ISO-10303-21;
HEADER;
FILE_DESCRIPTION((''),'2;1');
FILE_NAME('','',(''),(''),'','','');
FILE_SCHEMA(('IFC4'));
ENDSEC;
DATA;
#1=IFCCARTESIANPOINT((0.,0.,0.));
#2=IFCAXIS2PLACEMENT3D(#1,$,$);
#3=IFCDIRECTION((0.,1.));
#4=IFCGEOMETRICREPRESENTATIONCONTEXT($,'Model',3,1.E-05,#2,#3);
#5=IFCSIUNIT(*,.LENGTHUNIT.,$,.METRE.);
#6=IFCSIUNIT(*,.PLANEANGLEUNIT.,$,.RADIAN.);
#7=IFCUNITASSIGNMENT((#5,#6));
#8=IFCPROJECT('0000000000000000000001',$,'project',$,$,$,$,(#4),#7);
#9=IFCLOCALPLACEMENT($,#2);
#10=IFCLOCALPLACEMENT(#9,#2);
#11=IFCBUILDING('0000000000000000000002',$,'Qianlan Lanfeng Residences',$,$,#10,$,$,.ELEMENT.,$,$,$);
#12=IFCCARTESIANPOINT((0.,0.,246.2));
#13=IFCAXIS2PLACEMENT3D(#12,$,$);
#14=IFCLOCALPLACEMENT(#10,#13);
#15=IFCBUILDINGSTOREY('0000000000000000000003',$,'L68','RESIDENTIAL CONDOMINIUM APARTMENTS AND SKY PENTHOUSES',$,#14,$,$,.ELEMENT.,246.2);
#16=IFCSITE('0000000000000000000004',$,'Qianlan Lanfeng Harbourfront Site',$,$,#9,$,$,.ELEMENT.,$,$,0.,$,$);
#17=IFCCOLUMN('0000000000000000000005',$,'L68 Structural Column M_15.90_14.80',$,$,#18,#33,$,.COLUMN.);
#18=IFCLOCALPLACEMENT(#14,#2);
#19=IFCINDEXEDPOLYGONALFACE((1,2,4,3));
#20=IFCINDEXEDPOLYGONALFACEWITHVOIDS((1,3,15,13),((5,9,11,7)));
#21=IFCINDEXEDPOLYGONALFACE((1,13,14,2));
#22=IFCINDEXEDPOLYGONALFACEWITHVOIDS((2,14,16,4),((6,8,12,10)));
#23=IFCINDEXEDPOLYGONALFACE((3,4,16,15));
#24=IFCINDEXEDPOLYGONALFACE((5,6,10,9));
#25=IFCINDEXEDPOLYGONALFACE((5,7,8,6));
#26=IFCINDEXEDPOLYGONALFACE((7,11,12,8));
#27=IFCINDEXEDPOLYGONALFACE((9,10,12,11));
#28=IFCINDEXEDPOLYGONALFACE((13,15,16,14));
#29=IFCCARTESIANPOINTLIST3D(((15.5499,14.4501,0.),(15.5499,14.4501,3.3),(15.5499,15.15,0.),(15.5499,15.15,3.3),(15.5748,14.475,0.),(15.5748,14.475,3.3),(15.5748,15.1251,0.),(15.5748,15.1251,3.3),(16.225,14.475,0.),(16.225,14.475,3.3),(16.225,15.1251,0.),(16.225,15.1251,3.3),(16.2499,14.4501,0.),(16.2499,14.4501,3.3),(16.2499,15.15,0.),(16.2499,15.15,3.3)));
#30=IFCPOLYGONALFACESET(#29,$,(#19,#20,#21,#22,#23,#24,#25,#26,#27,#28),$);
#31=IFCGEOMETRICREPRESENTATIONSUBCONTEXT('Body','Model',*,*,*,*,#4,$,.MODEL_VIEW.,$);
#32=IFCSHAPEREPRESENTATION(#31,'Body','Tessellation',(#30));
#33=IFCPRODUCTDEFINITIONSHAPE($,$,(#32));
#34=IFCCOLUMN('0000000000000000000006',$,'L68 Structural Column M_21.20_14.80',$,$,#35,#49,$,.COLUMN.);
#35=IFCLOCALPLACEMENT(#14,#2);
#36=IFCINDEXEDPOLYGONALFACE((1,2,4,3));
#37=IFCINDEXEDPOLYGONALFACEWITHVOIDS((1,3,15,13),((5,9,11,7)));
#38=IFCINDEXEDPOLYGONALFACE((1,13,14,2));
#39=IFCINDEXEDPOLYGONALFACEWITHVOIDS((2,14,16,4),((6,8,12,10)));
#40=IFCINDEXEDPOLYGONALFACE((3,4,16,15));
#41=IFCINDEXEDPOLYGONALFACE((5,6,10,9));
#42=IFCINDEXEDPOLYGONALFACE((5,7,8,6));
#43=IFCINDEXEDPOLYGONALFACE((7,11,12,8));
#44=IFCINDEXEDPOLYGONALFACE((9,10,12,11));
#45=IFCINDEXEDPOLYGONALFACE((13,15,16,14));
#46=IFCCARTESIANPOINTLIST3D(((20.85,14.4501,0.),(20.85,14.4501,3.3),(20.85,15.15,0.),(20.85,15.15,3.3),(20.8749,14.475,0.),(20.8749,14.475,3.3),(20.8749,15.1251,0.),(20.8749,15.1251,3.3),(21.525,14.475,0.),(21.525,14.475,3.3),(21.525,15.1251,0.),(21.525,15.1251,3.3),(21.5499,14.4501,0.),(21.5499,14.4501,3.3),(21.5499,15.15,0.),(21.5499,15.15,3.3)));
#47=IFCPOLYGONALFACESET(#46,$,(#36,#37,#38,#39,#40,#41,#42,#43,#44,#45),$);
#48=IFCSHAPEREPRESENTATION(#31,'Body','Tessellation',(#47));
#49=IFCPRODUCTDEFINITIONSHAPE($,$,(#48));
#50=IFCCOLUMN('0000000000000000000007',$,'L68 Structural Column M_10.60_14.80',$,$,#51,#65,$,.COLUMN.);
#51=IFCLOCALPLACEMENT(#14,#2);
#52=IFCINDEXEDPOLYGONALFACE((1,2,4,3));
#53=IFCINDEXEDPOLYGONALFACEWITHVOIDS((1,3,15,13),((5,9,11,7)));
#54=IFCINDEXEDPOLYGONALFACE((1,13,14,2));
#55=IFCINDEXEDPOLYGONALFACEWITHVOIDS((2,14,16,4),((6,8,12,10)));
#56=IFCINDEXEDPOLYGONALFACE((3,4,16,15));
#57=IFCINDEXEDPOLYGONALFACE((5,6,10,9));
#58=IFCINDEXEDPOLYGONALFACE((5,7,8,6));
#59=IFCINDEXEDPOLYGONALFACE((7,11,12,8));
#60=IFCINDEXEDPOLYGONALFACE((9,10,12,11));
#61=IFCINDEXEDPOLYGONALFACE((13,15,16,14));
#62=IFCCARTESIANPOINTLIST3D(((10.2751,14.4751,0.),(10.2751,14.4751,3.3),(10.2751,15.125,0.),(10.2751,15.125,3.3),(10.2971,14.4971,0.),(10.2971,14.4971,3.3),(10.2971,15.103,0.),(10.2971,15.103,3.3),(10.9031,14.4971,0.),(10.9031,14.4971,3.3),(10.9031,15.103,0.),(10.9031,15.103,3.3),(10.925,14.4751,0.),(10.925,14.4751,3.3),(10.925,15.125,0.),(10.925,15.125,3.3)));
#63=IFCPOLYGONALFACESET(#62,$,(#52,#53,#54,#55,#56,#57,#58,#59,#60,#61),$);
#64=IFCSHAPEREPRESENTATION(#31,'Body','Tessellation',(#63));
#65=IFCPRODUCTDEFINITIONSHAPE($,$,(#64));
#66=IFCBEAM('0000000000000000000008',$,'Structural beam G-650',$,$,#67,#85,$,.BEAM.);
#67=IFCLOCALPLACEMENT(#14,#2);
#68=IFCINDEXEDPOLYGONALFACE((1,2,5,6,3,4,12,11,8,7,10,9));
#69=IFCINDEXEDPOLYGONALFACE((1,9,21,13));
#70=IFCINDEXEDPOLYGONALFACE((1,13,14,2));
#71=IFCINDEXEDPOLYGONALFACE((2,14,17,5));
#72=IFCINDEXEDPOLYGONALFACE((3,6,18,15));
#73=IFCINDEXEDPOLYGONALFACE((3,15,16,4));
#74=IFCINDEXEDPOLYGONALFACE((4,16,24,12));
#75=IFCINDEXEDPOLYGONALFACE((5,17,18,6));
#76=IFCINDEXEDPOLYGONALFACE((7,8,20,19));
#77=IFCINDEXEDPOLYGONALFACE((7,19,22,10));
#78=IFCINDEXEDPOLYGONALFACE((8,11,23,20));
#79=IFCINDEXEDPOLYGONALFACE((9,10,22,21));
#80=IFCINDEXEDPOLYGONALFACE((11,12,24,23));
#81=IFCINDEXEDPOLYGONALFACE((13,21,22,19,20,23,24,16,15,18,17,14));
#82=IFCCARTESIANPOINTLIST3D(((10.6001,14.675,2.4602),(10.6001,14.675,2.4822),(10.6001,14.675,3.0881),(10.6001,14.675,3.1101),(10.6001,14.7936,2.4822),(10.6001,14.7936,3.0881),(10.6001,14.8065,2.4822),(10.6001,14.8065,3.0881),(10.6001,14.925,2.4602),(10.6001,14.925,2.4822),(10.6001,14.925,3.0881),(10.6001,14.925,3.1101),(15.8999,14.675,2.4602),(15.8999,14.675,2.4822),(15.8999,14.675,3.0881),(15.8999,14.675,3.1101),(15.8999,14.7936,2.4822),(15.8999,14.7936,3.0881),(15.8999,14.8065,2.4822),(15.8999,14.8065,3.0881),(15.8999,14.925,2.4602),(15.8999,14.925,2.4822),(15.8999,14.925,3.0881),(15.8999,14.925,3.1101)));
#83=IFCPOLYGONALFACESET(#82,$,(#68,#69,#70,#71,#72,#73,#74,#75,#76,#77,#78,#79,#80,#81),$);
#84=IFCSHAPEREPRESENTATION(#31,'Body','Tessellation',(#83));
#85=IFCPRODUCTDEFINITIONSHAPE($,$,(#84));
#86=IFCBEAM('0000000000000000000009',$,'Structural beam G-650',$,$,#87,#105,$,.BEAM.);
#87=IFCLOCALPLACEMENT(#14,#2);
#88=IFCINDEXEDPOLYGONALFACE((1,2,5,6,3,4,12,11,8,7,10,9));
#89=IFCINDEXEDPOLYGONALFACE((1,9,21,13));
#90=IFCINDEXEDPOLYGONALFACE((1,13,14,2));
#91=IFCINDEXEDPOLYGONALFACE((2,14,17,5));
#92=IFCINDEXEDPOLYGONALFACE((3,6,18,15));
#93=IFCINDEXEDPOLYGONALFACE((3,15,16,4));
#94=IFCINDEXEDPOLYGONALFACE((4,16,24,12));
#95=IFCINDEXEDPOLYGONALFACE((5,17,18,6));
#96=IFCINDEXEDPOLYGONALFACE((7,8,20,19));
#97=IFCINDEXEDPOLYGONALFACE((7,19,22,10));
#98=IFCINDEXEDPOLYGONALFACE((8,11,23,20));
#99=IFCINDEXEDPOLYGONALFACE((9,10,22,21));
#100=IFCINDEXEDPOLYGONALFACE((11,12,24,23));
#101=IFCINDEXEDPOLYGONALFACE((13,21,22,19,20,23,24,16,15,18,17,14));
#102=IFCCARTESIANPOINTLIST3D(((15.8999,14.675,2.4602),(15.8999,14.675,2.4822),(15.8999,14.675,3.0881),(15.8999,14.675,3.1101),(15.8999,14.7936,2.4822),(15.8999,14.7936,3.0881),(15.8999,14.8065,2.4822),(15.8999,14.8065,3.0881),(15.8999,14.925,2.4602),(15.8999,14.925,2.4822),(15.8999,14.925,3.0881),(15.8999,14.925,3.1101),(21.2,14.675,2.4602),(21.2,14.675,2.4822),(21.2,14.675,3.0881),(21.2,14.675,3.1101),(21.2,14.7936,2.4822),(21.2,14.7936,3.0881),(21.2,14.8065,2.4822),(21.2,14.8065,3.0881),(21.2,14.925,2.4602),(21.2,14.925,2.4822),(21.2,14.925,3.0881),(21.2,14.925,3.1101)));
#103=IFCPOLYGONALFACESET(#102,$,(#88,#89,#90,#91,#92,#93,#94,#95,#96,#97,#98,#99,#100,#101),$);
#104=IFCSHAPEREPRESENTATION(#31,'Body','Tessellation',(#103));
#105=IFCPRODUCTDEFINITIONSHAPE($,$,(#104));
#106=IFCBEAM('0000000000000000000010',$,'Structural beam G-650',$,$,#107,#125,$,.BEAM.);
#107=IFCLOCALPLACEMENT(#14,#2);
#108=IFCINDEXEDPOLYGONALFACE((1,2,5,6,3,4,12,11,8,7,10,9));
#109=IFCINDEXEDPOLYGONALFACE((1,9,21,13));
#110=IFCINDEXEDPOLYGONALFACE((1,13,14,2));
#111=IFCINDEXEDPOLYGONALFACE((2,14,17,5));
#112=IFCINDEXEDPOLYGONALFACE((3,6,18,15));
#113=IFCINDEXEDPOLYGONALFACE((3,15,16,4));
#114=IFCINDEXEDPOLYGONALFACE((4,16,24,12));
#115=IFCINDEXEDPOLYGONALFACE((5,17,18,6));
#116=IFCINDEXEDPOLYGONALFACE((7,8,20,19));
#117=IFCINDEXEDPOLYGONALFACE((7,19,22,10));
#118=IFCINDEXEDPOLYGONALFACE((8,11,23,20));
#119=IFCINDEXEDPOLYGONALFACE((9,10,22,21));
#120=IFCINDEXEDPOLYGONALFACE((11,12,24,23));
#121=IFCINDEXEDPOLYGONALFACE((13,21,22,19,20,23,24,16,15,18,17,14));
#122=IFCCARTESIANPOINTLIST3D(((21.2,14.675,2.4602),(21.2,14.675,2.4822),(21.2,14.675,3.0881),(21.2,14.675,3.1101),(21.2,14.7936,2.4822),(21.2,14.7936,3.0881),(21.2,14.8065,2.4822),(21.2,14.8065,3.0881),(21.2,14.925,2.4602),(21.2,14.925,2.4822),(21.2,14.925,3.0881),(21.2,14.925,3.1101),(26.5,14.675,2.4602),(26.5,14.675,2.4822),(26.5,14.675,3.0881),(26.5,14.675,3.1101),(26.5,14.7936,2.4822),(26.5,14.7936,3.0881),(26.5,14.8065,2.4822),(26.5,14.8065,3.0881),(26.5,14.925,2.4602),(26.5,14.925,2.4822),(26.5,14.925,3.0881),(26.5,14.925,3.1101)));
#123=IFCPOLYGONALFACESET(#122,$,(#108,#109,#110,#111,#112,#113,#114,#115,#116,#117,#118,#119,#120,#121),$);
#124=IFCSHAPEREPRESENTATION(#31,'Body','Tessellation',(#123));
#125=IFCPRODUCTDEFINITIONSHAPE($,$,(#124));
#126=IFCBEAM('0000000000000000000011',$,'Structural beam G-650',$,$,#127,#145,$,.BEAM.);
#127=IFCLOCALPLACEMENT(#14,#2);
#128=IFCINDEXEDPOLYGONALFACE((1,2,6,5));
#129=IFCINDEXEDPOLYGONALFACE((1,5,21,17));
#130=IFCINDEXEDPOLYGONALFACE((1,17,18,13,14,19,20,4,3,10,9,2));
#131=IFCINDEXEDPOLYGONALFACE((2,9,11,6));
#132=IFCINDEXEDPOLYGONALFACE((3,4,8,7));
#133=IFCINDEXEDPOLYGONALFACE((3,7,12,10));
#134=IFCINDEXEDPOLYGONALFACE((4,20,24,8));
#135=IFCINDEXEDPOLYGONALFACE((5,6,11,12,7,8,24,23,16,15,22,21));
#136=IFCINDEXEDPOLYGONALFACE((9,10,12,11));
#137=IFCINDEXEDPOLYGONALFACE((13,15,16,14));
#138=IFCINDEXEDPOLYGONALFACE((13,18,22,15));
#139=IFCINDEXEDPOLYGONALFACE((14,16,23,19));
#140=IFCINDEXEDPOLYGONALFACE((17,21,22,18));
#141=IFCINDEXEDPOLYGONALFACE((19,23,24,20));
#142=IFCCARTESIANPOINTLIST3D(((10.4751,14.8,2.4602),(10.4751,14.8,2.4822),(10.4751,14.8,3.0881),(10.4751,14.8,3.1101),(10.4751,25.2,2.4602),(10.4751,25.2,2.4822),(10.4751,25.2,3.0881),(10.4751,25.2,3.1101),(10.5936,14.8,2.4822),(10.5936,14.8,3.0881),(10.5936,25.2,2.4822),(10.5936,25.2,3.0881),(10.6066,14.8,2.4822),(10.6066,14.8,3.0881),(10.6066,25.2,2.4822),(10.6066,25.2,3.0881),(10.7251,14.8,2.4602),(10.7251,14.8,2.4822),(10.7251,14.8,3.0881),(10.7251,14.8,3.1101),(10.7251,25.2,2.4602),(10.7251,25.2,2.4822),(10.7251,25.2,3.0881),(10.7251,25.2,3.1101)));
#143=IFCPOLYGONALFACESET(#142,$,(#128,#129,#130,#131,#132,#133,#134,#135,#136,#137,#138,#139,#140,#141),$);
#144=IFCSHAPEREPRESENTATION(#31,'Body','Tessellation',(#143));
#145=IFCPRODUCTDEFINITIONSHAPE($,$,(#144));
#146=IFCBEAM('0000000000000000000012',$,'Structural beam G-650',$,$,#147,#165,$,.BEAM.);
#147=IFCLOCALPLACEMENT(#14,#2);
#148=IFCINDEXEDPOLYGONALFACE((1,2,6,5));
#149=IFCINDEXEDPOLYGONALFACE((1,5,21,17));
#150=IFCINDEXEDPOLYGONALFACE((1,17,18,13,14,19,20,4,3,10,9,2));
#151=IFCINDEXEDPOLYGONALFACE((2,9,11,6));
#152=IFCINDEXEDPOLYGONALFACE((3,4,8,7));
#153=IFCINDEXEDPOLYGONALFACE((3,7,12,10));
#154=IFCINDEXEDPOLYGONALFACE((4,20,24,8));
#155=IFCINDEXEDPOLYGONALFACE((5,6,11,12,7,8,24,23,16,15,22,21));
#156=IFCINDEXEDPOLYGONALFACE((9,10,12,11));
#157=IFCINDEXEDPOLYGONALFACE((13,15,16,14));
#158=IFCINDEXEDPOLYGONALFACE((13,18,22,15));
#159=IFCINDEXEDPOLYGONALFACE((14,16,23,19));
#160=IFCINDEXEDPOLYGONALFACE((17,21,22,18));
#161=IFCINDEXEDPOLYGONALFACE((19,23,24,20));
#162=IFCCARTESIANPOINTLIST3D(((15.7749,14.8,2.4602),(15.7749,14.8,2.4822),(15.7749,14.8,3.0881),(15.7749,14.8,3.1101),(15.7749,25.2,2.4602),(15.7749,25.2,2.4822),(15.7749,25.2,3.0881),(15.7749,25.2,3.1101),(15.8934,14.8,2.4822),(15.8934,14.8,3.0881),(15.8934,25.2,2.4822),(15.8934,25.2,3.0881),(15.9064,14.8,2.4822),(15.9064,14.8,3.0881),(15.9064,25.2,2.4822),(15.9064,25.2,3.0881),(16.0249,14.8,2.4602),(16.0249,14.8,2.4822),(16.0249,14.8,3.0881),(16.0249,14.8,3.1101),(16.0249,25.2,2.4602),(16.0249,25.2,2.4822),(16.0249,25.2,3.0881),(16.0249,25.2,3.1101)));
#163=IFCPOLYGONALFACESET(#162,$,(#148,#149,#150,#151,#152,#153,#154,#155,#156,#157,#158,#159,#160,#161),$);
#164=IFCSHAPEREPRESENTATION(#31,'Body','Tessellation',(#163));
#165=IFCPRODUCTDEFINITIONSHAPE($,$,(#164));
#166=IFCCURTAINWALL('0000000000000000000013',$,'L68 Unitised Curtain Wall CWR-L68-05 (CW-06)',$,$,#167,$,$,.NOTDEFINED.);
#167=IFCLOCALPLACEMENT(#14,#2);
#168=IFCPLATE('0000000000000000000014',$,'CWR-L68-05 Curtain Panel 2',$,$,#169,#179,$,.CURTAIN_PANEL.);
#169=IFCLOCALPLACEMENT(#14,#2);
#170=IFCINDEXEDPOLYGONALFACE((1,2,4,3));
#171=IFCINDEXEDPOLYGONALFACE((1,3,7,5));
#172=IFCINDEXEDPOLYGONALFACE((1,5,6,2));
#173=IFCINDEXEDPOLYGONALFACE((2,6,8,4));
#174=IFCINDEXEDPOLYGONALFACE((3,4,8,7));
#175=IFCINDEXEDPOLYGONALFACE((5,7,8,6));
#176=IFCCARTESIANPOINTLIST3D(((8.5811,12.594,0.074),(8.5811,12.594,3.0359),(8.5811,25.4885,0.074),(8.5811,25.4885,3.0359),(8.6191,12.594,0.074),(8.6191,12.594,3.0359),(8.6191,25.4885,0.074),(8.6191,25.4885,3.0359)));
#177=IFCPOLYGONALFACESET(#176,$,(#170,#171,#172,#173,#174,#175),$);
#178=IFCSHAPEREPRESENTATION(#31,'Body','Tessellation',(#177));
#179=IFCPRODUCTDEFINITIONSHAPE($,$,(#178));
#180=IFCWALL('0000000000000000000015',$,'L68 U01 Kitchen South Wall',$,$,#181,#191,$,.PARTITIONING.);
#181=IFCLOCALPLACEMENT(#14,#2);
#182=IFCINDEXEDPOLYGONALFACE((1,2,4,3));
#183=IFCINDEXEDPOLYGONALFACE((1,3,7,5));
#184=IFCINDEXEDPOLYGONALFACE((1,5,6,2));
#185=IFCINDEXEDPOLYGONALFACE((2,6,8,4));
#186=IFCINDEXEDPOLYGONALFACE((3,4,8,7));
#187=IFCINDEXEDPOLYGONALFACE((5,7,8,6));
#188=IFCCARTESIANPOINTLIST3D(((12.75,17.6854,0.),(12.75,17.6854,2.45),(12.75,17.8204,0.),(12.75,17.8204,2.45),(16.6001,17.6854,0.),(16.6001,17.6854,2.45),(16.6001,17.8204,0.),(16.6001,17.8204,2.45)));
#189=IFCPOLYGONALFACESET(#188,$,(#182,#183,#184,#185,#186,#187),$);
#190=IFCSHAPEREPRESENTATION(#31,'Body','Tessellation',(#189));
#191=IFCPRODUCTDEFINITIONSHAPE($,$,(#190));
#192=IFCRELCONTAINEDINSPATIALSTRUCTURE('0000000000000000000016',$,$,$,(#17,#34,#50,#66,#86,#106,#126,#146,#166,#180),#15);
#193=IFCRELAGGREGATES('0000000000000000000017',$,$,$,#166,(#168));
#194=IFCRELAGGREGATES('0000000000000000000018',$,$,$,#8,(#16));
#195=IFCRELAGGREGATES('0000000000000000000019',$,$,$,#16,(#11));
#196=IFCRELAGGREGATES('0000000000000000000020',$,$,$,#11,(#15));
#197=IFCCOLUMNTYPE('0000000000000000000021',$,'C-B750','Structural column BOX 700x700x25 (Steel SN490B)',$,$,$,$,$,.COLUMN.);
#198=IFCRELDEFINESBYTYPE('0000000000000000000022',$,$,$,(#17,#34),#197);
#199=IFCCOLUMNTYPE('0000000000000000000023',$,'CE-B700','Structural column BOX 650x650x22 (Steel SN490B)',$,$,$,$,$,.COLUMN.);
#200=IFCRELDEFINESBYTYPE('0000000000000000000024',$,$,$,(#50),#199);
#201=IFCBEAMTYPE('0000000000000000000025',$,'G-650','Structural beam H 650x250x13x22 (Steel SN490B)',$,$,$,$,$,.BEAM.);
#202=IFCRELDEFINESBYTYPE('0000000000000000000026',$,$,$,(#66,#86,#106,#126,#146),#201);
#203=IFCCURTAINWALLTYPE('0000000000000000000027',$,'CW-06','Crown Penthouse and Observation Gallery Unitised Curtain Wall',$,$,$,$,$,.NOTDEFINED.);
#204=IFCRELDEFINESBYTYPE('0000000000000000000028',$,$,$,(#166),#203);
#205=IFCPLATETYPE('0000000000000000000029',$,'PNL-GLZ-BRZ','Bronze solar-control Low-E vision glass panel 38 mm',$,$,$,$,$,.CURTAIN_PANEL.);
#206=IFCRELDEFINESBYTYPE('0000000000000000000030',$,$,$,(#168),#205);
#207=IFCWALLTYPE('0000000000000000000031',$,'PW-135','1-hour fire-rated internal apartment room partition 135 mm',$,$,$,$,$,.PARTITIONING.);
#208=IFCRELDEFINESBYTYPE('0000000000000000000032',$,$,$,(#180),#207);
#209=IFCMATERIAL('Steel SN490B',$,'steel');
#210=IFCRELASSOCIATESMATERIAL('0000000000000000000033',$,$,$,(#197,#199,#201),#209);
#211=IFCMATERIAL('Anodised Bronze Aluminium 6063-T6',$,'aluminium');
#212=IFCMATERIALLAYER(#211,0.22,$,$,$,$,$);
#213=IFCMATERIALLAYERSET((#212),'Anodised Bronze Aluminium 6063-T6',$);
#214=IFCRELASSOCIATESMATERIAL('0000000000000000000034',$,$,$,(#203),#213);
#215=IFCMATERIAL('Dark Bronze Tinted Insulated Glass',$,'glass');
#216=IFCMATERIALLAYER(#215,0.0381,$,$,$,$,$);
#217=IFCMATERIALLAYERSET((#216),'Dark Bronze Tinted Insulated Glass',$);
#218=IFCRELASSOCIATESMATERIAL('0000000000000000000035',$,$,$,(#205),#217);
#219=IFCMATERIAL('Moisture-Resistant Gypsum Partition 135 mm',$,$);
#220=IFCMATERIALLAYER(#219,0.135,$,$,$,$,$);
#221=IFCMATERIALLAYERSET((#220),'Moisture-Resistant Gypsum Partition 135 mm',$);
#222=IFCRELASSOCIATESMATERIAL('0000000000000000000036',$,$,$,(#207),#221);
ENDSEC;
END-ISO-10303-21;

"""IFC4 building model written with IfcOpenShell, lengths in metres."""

from ifc_helpers import new_model, si_unit, direction, frame, frame_2d, origin, origin_2d, place, context, subcontext, project, spatial, rectangle, hollow_rectangle, i_section, extrude, source, transform, mapped, material, layer, layer_set, material_profile, profile_set, type_object, element, aggregate, save


model = new_model("IFC4")

# Units and contexts
model_context = context("Model", 3, precision=1e-05, world=origin(), true_north=direction((0.0, 1.0)))
body_context = subcontext(model_context, "Body", "Model", "MODEL_VIEW")
ifc_project = project(units=[si_unit("LENGTHUNIT", "METRE"), si_unit("PLANEANGLEUNIT", "RADIAN")], contexts=[model_context])

# Site, building, storey
site_placement = place(None, origin())
site = spatial("IfcSite", under=ifc_project, at=site_placement, Name="Qianlan Lanfeng Harbourfront Site", CompositionType="ELEMENT", RefElevation=0.0)
building_placement = place(site_placement, origin())
building = spatial("IfcBuilding", under=site, at=building_placement, Name="Qianlan Lanfeng Residences", CompositionType="ELEMENT")
storey_placement = place(building_placement, frame((0.0, 0.0, 246.2)))
storey = spatial("IfcBuildingStorey", under=building, at=storey_placement, Name="L68", Description="RESIDENTIAL CONDOMINIUM APARTMENTS AND SKY PENTHOUSES", CompositionType="ELEMENT", Elevation=246.2)

# Columns
ifc_material_1 = material(Name="Steel SN490B", Category="steel")
ifc_material_profile_1 = material_profile(ifc_material_1, hollow_rectangle(XDim=0.7, YDim=0.7, WallThickness=0.0249, at=origin_2d()), Name="BOX 700x700x25")
ifc_profile_set_1 = profile_set([ifc_material_profile_1], Name="Steel SN490B")
column_type_1 = type_object("IfcColumnType", Name="C-B750", Description="Structural column BOX 700x700x25 (Steel SN490B)", PredefinedType="COLUMN", material=ifc_profile_set_1)
for number, where, z_axis, x_axis, name in (
    (1, (15.8999, 14.8, 0.0), (0.0, 0.0, 1.0), (1.0, 0.0, 0.0), "L68 Structural Column M_15.90_14.80"),
    (2, (21.2, 14.8, 0.0), (0.0, 0.0, 1.0), (1.0, 0.0, 0.0), "L68 Structural Column M_21.20_14.80"),
):
    element("IfcColumn", number, at=place(storey_placement, frame(where, z_axis=z_axis, x_axis=x_axis)), inside=storey, type_object=column_type_1, Name=name, PredefinedType="COLUMN", context=body_context, shape_type="SweptSolid", body=[
        extrude(hollow_rectangle(XDim=0.7, YDim=0.7, WallThickness=0.0249, at=origin_2d()), origin(), (0.0, 0.0, 1.0), 3.3),
    ])
ifc_material_profile_2 = material_profile(ifc_material_1, hollow_rectangle(XDim=0.6499, YDim=0.6499, WallThickness=0.022, at=origin_2d()), Name="BOX 650x650x22")
ifc_profile_set_2 = profile_set([ifc_material_profile_2], Name="Steel SN490B")
column_type_2 = type_object("IfcColumnType", Name="CE-B700", Description="Structural column BOX 650x650x22 (Steel SN490B)", PredefinedType="COLUMN", material=ifc_profile_set_2)
column_placement = place(storey_placement, frame((10.6001, 14.8, 0.0), z_axis=(0.0, 0.0, 1.0), x_axis=(1.0, 0.0, 0.0)))
element("IfcColumn", 3, at=column_placement, inside=storey, type_object=column_type_2, Name="L68 Structural Column M_10.60_14.80", PredefinedType="COLUMN", context=body_context, shape_type="SweptSolid", body=[
    extrude(hollow_rectangle(XDim=0.6499, YDim=0.6499, WallThickness=0.022, at=origin_2d()), origin(), (0.0, 0.0, 1.0), 3.3),
])

# Beams
ifc_material_profile_3 = material_profile(ifc_material_1, i_section(OverallWidth=0.25, OverallDepth=0.6499, WebThickness=0.0129, FlangeThickness=0.022, at=origin_2d()), Name="H 650x250x13x22")
ifc_profile_set_3 = profile_set([ifc_material_profile_3], Name="Steel SN490B")
beam_type = type_object("IfcBeamType", Name="G-650", Description="Structural beam H 650x250x13x22 (Steel SN490B)", PredefinedType="BEAM", material=ifc_profile_set_3)
beam_placement = place(storey_placement, frame((10.6001, 14.8, 2.7852), z_axis=(1.0, 0.0, 0.0), x_axis=(0.0, 1.0, 0.0)))
element("IfcBeam", 4, at=beam_placement, inside=storey, type_object=beam_type, Name="Structural beam G-650", PredefinedType="BEAM", context=body_context, shape_type="SweptSolid", body=[
    extrude(i_section(OverallWidth=0.25, OverallDepth=0.6499, WebThickness=0.0129, FlangeThickness=0.022, at=origin_2d()), origin(), (0.0, 0.0, 1.0), 5.2998),
])
for number, where, z_axis, x_axis, name in (
    (5, (15.8999, 14.8, 2.7852), (1.0, 0.0, 0.0), (0.0, 1.0, 0.0), "Structural beam G-650"),
    (6, (21.2, 14.8, 2.7852), (1.0, 0.0, 0.0), (0.0, 1.0, 0.0), "Structural beam G-650"),
):
    element("IfcBeam", number, at=place(storey_placement, frame(where, z_axis=z_axis, x_axis=x_axis)), inside=storey, type_object=beam_type, Name=name, PredefinedType="BEAM", context=body_context, shape_type="SweptSolid", body=[
        extrude(i_section(OverallWidth=0.25, OverallDepth=0.6499, WebThickness=0.0129, FlangeThickness=0.022, at=origin_2d()), origin(), (0.0, 0.0, 1.0), 5.3),
    ])
for number, where, z_axis, x_axis, name in (
    (7, (10.6001, 14.8, 2.7852), (0.0, 1.0, 0.0), (-1.0, 0.0, 0.0), "Structural beam G-650"),
    (8, (15.8999, 14.8, 2.7852), (0.0, 1.0, 0.0), (-1.0, 0.0, 0.0), "Structural beam G-650"),
):
    element("IfcBeam", number, at=place(storey_placement, frame(where, z_axis=z_axis, x_axis=x_axis)), inside=storey, type_object=beam_type, Name=name, PredefinedType="BEAM", context=body_context, shape_type="SweptSolid", body=[
        extrude(i_section(OverallWidth=0.25, OverallDepth=0.6499, WebThickness=0.0129, FlangeThickness=0.022, at=origin_2d()), origin(), (0.0, 0.0, 1.0), 10.3999),
    ])

# Curtain wall, plate
ifc_material_2 = material(Name="Anodised Bronze Aluminium 6063-T6", Category="aluminium")
ifc_layer_1 = layer(ifc_material_2, 0.22)
ifc_layer_set_1 = layer_set([ifc_layer_1], Name="Anodised Bronze Aluminium 6063-T6")
curtain_wall_type = type_object("IfcCurtainWallType", Name="CW-06", Description="Crown Penthouse and Observation Gallery Unitised Curtain Wall", PredefinedType="NOTDEFINED", material=ifc_layer_set_1)
curtain_wall_placement = place(storey_placement, origin())
curtain_wall = element("IfcCurtainWall", 9, at=curtain_wall_placement, inside=storey, type_object=curtain_wall_type, Name="L68 Unitised Curtain Wall CWR-L68-05 (CW-06)", PredefinedType="NOTDEFINED")
ifc_material_3 = material(Name="Dark Bronze Tinted Insulated Glass", Category="glass")
ifc_layer_2 = layer(ifc_material_3, 0.0381)
ifc_layer_set_2 = layer_set([ifc_layer_2], Name="Dark Bronze Tinted Insulated Glass")
plate_type = type_object("IfcPlateType", Name="PNL-GLZ-BRZ", Description="Bronze solar-control Low-E vision glass panel 38 mm", PredefinedType="CURTAIN_PANEL", material=ifc_layer_set_2)
shared_shape = source(origin(), body_context, "Body", "SweptSolid", [
    extrude(rectangle(XDim=12.8945, YDim=0.0381, at=origin_2d()), origin(), (0.0, 0.0, 1.0), 2.9619),
])
plate_placement = place(storey_placement, frame((8.6001, 19.0413, 0.074), z_axis=(0.0, 0.0, 1.0), x_axis=(0.0, -1.0, 0.0)))
plate = element("IfcPlate", 10, at=plate_placement, type_object=plate_type, Name="CWR-L68-05 Curtain Panel 2", PredefinedType="CURTAIN_PANEL", context=body_context, shape_type="MappedRepresentation", body=[
    mapped(shared_shape, transform((0.0, 0.0, 0.0), scale=1.0)),
])
aggregate(curtain_wall, [plate])

# Shared definitions
ifc_material_4 = material(Name="Moisture-Resistant Gypsum Partition 135 mm")
ifc_layer_3 = layer(ifc_material_4, 0.135)
ifc_layer_set_3 = layer_set([ifc_layer_3], Name="Moisture-Resistant Gypsum Partition 135 mm")
wall_type_1 = type_object("IfcWallType", Name="PW-135", Description="1-hour fire-rated internal apartment room partition 135 mm", PredefinedType="PARTITIONING", material=ifc_layer_set_3)

# Wall
wall_1_placement = place(storey_placement, frame((12.75, 17.7529, 0.0), z_axis=(0.0, 0.0, 1.0), x_axis=(1.0, 0.0, 0.0)))
element("IfcWall", 11, at=wall_1_placement, inside=storey, type_object=wall_type_1, Name="L68 U01 Kitchen South Wall", PredefinedType="PARTITIONING", context=body_context, shape_type="SweptSolid", body=[
    extrude(rectangle(XDim=3.8501, YDim=0.135, at=frame_2d((1.925, 0.0))), origin(), (0.0, 0.0, 1.0), 2.45),
])

save(model, "model.ifc")
